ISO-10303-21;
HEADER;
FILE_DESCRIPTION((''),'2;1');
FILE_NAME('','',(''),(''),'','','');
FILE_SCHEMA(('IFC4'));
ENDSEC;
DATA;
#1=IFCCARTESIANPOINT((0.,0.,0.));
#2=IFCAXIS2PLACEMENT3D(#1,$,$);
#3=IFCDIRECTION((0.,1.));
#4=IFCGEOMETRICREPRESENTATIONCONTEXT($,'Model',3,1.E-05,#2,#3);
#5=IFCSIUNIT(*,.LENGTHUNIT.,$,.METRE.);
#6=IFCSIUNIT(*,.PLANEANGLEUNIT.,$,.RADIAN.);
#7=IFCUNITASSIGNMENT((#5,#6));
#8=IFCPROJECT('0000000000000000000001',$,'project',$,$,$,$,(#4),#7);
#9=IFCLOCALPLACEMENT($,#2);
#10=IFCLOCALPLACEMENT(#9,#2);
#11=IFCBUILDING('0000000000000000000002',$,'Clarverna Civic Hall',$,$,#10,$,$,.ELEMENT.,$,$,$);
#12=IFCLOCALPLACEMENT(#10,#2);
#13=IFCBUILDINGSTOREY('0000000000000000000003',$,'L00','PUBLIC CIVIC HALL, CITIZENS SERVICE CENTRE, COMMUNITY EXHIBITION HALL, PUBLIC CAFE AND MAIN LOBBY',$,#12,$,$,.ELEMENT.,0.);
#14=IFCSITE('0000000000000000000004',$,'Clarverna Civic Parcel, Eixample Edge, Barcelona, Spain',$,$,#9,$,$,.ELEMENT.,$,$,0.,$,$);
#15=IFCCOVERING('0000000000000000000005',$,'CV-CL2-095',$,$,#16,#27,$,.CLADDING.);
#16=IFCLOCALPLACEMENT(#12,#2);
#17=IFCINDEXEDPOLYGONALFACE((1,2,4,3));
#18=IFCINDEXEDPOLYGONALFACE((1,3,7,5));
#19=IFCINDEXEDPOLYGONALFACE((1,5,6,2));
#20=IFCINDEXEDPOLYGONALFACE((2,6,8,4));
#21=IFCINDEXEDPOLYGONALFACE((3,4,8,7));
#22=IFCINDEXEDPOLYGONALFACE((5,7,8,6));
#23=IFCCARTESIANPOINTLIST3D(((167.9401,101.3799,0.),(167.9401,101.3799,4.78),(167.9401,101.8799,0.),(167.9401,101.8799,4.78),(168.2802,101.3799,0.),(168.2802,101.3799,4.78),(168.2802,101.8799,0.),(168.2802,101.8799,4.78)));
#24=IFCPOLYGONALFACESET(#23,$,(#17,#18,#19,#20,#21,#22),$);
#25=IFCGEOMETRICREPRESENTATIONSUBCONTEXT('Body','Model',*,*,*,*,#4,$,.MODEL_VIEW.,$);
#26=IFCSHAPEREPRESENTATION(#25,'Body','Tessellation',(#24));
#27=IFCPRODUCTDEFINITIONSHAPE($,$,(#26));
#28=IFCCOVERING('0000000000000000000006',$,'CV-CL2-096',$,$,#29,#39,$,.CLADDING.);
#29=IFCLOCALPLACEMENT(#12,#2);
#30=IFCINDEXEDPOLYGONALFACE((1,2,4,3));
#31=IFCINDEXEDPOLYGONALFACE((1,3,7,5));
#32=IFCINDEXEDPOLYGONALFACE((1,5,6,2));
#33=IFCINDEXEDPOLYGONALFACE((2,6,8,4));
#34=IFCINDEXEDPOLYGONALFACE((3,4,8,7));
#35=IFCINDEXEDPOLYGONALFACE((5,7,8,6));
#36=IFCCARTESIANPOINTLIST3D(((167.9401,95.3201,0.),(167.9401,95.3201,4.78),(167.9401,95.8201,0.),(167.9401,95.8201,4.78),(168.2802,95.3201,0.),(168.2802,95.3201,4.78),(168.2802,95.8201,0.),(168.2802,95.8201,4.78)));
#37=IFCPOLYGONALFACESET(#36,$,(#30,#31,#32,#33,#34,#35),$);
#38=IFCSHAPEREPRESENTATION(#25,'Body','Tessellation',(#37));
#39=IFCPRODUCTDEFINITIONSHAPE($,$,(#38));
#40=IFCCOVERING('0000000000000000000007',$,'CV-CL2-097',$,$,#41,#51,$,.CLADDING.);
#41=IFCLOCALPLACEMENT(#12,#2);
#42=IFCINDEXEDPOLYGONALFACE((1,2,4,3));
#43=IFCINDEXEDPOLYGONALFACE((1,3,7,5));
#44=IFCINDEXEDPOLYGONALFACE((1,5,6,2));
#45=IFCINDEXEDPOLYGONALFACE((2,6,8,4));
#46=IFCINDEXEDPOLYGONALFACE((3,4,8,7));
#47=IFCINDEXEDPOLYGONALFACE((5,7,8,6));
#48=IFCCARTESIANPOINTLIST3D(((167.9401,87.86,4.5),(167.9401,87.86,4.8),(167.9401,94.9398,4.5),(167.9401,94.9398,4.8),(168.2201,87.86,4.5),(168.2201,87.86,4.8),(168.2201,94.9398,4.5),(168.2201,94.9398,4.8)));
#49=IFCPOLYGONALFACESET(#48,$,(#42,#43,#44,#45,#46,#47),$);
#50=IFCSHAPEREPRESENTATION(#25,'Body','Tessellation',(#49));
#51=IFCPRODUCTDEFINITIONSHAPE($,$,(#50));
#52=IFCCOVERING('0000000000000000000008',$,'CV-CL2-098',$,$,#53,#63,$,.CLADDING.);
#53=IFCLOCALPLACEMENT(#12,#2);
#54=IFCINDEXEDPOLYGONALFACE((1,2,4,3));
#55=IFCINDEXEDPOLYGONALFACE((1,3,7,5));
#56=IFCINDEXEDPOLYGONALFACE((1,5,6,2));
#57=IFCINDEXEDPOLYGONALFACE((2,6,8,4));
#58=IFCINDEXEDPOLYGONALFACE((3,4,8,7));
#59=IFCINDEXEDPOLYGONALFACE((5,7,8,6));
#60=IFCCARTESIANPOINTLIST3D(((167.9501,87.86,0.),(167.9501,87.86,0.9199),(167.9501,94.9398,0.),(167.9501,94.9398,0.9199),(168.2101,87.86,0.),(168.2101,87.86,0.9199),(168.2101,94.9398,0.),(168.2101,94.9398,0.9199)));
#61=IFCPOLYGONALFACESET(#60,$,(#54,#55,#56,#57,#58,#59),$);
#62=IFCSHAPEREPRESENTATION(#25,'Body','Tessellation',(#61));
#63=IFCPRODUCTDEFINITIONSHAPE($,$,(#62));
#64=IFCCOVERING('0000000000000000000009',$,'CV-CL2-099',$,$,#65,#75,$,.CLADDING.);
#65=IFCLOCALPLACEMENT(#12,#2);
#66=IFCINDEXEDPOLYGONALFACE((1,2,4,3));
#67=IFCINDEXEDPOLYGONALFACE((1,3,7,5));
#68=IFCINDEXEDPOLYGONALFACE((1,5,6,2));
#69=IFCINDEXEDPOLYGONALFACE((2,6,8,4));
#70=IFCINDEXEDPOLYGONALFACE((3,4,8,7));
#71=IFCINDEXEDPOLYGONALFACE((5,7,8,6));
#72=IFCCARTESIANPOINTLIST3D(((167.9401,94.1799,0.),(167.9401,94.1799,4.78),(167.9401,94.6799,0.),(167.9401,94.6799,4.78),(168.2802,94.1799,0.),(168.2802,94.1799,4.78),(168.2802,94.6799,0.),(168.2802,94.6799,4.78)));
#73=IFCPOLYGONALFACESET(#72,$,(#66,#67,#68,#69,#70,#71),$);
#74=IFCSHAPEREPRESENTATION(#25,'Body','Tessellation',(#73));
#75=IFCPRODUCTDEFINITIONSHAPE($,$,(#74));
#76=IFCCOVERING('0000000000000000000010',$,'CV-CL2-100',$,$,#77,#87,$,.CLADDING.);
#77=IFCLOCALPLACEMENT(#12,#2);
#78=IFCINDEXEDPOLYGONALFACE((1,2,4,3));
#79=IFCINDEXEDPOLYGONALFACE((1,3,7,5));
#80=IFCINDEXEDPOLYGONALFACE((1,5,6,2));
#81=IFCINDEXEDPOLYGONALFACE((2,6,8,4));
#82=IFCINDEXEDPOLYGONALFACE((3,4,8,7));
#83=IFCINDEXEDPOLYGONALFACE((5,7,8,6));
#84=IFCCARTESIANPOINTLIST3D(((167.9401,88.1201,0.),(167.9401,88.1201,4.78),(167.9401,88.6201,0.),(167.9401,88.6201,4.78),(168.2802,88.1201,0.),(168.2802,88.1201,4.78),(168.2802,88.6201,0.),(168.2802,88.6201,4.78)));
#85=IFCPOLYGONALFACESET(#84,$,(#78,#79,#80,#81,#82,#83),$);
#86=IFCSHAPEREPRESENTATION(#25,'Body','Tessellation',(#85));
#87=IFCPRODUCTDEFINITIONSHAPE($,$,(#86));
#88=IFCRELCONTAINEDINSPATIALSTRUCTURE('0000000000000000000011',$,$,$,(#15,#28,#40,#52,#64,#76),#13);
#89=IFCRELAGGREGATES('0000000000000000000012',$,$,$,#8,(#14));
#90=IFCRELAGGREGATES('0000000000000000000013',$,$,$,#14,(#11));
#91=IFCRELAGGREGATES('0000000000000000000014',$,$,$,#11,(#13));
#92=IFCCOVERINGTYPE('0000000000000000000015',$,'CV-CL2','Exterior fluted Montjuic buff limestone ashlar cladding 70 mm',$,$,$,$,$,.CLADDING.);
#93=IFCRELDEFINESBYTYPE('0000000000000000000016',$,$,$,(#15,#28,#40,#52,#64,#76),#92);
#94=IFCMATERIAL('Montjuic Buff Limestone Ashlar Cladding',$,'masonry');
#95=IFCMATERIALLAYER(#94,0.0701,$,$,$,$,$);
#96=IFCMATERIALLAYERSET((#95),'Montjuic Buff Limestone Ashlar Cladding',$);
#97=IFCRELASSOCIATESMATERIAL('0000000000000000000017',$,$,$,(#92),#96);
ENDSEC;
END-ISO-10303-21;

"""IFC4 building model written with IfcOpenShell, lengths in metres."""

from ifc_helpers import new_model, si_unit, direction, frame, frame_2d, origin, place, context, subcontext, project, spatial, rectangle, extrude, material, layer, layer_set, type_object, element, save


model = new_model("IFC4")

# Units and contexts
model_context = context("Model", 3, precision=1e-05, world=origin(), true_north=direction((0.0, 1.0)))
body_context = subcontext(model_context, "Body", "Model", "MODEL_VIEW")
ifc_project = project(units=[si_unit("LENGTHUNIT", "METRE"), si_unit("PLANEANGLEUNIT", "RADIAN")], contexts=[model_context])

# Site, building, storey
site_placement = place(None, origin())
site = spatial("IfcSite", under=ifc_project, at=site_placement, Name="Clarverna Civic Parcel, Eixample Edge, Barcelona, Spain", CompositionType="ELEMENT", RefElevation=0.0)
building_placement = place(site_placement, origin())
building = spatial("IfcBuilding", under=site, at=building_placement, Name="Clarverna Civic Hall", CompositionType="ELEMENT")
storey_placement = place(building_placement, origin())
storey = spatial("IfcBuildingStorey", under=building, at=storey_placement, Name="L00", Description="PUBLIC CIVIC HALL, CITIZENS SERVICE CENTRE, COMMUNITY EXHIBITION HALL, PUBLIC CAFE AND MAIN LOBBY", CompositionType="ELEMENT", Elevation=0.0)

# Coverings
ifc_material_1 = material(Name="Montjuic Buff Limestone Ashlar Cladding", Category="masonry")
ifc_layer_1 = layer(ifc_material_1, 0.0701)
ifc_layer_set_1 = layer_set([ifc_layer_1], Name="Montjuic Buff Limestone Ashlar Cladding")
covering_type = type_object("IfcCoveringType", Name="CV-CL2", Description="Exterior fluted Montjuic buff limestone ashlar cladding 70 mm", PredefinedType="CLADDING", material=ifc_layer_set_1)
for number, where, z_axis, x_axis, name in (
    (1, (168.1101, 101.8799, 0.0), (0.0, 0.0, 1.0), (0.0, -1.0, 0.0), "CV-CL2-095"),
    (2, (168.1101, 95.8201, 0.0), (0.0, 0.0, 1.0), (0.0, -1.0, 0.0), "CV-CL2-096"),
):
    element("IfcCovering", number, at=place(storey_placement, frame(where, z_axis=z_axis, x_axis=x_axis)), inside=storey, type_object=covering_type, Name=name, PredefinedType="CLADDING", context=body_context, shape_type="SweptSolid", body=[
        extrude(rectangle(XDim=0.5, YDim=0.3401, at=frame_2d((0.25, 0.0))), origin(), (0.0, 0.0, 1.0), 4.78),
    ])
covering_1_placement = place(storey_placement, frame((168.0801, 94.9399, 4.5), z_axis=(0.0, 0.0, 1.0), x_axis=(0.0, -1.0, 0.0)))
element("IfcCovering", 3, at=covering_1_placement, inside=storey, type_object=covering_type, Name="CV-CL2-097", PredefinedType="CLADDING", context=body_context, shape_type="SweptSolid", body=[
    extrude(rectangle(XDim=7.0798, YDim=0.28, at=frame_2d((3.54, 0.0))), origin(), (0.0, 0.0, 1.0), 0.3),
])
covering_2_placement = place(storey_placement, frame((168.0801, 94.9399, 0.0), z_axis=(0.0, 0.0, 1.0), x_axis=(0.0, -1.0, 0.0)))
element("IfcCovering", 4, at=covering_2_placement, inside=storey, type_object=covering_type, Name="CV-CL2-098", PredefinedType="CLADDING", context=body_context, shape_type="SweptSolid", body=[
    extrude(rectangle(XDim=7.0798, YDim=0.26, at=frame_2d((3.54, 0.0))), origin(), (0.0, 0.0, 1.0), 0.9199),
])
for number, where, z_axis, x_axis, name in (
    (5, (168.1101, 94.6799, 0.0), (0.0, 0.0, 1.0), (0.0, -1.0, 0.0), "CV-CL2-099"),
    (6, (168.1101, 88.6201, 0.0), (0.0, 0.0, 1.0), (0.0, -1.0, 0.0), "CV-CL2-100"),
):
    element("IfcCovering", number, at=place(storey_placement, frame(where, z_axis=z_axis, x_axis=x_axis)), inside=storey, type_object=covering_type, Name=name, PredefinedType="CLADDING", context=body_context, shape_type="SweptSolid", body=[
        extrude(rectangle(XDim=0.5, YDim=0.3401, at=frame_2d((0.25, 0.0))), origin(), (0.0, 0.0, 1.0), 4.78),
    ])

save(model, "model.ifc")
